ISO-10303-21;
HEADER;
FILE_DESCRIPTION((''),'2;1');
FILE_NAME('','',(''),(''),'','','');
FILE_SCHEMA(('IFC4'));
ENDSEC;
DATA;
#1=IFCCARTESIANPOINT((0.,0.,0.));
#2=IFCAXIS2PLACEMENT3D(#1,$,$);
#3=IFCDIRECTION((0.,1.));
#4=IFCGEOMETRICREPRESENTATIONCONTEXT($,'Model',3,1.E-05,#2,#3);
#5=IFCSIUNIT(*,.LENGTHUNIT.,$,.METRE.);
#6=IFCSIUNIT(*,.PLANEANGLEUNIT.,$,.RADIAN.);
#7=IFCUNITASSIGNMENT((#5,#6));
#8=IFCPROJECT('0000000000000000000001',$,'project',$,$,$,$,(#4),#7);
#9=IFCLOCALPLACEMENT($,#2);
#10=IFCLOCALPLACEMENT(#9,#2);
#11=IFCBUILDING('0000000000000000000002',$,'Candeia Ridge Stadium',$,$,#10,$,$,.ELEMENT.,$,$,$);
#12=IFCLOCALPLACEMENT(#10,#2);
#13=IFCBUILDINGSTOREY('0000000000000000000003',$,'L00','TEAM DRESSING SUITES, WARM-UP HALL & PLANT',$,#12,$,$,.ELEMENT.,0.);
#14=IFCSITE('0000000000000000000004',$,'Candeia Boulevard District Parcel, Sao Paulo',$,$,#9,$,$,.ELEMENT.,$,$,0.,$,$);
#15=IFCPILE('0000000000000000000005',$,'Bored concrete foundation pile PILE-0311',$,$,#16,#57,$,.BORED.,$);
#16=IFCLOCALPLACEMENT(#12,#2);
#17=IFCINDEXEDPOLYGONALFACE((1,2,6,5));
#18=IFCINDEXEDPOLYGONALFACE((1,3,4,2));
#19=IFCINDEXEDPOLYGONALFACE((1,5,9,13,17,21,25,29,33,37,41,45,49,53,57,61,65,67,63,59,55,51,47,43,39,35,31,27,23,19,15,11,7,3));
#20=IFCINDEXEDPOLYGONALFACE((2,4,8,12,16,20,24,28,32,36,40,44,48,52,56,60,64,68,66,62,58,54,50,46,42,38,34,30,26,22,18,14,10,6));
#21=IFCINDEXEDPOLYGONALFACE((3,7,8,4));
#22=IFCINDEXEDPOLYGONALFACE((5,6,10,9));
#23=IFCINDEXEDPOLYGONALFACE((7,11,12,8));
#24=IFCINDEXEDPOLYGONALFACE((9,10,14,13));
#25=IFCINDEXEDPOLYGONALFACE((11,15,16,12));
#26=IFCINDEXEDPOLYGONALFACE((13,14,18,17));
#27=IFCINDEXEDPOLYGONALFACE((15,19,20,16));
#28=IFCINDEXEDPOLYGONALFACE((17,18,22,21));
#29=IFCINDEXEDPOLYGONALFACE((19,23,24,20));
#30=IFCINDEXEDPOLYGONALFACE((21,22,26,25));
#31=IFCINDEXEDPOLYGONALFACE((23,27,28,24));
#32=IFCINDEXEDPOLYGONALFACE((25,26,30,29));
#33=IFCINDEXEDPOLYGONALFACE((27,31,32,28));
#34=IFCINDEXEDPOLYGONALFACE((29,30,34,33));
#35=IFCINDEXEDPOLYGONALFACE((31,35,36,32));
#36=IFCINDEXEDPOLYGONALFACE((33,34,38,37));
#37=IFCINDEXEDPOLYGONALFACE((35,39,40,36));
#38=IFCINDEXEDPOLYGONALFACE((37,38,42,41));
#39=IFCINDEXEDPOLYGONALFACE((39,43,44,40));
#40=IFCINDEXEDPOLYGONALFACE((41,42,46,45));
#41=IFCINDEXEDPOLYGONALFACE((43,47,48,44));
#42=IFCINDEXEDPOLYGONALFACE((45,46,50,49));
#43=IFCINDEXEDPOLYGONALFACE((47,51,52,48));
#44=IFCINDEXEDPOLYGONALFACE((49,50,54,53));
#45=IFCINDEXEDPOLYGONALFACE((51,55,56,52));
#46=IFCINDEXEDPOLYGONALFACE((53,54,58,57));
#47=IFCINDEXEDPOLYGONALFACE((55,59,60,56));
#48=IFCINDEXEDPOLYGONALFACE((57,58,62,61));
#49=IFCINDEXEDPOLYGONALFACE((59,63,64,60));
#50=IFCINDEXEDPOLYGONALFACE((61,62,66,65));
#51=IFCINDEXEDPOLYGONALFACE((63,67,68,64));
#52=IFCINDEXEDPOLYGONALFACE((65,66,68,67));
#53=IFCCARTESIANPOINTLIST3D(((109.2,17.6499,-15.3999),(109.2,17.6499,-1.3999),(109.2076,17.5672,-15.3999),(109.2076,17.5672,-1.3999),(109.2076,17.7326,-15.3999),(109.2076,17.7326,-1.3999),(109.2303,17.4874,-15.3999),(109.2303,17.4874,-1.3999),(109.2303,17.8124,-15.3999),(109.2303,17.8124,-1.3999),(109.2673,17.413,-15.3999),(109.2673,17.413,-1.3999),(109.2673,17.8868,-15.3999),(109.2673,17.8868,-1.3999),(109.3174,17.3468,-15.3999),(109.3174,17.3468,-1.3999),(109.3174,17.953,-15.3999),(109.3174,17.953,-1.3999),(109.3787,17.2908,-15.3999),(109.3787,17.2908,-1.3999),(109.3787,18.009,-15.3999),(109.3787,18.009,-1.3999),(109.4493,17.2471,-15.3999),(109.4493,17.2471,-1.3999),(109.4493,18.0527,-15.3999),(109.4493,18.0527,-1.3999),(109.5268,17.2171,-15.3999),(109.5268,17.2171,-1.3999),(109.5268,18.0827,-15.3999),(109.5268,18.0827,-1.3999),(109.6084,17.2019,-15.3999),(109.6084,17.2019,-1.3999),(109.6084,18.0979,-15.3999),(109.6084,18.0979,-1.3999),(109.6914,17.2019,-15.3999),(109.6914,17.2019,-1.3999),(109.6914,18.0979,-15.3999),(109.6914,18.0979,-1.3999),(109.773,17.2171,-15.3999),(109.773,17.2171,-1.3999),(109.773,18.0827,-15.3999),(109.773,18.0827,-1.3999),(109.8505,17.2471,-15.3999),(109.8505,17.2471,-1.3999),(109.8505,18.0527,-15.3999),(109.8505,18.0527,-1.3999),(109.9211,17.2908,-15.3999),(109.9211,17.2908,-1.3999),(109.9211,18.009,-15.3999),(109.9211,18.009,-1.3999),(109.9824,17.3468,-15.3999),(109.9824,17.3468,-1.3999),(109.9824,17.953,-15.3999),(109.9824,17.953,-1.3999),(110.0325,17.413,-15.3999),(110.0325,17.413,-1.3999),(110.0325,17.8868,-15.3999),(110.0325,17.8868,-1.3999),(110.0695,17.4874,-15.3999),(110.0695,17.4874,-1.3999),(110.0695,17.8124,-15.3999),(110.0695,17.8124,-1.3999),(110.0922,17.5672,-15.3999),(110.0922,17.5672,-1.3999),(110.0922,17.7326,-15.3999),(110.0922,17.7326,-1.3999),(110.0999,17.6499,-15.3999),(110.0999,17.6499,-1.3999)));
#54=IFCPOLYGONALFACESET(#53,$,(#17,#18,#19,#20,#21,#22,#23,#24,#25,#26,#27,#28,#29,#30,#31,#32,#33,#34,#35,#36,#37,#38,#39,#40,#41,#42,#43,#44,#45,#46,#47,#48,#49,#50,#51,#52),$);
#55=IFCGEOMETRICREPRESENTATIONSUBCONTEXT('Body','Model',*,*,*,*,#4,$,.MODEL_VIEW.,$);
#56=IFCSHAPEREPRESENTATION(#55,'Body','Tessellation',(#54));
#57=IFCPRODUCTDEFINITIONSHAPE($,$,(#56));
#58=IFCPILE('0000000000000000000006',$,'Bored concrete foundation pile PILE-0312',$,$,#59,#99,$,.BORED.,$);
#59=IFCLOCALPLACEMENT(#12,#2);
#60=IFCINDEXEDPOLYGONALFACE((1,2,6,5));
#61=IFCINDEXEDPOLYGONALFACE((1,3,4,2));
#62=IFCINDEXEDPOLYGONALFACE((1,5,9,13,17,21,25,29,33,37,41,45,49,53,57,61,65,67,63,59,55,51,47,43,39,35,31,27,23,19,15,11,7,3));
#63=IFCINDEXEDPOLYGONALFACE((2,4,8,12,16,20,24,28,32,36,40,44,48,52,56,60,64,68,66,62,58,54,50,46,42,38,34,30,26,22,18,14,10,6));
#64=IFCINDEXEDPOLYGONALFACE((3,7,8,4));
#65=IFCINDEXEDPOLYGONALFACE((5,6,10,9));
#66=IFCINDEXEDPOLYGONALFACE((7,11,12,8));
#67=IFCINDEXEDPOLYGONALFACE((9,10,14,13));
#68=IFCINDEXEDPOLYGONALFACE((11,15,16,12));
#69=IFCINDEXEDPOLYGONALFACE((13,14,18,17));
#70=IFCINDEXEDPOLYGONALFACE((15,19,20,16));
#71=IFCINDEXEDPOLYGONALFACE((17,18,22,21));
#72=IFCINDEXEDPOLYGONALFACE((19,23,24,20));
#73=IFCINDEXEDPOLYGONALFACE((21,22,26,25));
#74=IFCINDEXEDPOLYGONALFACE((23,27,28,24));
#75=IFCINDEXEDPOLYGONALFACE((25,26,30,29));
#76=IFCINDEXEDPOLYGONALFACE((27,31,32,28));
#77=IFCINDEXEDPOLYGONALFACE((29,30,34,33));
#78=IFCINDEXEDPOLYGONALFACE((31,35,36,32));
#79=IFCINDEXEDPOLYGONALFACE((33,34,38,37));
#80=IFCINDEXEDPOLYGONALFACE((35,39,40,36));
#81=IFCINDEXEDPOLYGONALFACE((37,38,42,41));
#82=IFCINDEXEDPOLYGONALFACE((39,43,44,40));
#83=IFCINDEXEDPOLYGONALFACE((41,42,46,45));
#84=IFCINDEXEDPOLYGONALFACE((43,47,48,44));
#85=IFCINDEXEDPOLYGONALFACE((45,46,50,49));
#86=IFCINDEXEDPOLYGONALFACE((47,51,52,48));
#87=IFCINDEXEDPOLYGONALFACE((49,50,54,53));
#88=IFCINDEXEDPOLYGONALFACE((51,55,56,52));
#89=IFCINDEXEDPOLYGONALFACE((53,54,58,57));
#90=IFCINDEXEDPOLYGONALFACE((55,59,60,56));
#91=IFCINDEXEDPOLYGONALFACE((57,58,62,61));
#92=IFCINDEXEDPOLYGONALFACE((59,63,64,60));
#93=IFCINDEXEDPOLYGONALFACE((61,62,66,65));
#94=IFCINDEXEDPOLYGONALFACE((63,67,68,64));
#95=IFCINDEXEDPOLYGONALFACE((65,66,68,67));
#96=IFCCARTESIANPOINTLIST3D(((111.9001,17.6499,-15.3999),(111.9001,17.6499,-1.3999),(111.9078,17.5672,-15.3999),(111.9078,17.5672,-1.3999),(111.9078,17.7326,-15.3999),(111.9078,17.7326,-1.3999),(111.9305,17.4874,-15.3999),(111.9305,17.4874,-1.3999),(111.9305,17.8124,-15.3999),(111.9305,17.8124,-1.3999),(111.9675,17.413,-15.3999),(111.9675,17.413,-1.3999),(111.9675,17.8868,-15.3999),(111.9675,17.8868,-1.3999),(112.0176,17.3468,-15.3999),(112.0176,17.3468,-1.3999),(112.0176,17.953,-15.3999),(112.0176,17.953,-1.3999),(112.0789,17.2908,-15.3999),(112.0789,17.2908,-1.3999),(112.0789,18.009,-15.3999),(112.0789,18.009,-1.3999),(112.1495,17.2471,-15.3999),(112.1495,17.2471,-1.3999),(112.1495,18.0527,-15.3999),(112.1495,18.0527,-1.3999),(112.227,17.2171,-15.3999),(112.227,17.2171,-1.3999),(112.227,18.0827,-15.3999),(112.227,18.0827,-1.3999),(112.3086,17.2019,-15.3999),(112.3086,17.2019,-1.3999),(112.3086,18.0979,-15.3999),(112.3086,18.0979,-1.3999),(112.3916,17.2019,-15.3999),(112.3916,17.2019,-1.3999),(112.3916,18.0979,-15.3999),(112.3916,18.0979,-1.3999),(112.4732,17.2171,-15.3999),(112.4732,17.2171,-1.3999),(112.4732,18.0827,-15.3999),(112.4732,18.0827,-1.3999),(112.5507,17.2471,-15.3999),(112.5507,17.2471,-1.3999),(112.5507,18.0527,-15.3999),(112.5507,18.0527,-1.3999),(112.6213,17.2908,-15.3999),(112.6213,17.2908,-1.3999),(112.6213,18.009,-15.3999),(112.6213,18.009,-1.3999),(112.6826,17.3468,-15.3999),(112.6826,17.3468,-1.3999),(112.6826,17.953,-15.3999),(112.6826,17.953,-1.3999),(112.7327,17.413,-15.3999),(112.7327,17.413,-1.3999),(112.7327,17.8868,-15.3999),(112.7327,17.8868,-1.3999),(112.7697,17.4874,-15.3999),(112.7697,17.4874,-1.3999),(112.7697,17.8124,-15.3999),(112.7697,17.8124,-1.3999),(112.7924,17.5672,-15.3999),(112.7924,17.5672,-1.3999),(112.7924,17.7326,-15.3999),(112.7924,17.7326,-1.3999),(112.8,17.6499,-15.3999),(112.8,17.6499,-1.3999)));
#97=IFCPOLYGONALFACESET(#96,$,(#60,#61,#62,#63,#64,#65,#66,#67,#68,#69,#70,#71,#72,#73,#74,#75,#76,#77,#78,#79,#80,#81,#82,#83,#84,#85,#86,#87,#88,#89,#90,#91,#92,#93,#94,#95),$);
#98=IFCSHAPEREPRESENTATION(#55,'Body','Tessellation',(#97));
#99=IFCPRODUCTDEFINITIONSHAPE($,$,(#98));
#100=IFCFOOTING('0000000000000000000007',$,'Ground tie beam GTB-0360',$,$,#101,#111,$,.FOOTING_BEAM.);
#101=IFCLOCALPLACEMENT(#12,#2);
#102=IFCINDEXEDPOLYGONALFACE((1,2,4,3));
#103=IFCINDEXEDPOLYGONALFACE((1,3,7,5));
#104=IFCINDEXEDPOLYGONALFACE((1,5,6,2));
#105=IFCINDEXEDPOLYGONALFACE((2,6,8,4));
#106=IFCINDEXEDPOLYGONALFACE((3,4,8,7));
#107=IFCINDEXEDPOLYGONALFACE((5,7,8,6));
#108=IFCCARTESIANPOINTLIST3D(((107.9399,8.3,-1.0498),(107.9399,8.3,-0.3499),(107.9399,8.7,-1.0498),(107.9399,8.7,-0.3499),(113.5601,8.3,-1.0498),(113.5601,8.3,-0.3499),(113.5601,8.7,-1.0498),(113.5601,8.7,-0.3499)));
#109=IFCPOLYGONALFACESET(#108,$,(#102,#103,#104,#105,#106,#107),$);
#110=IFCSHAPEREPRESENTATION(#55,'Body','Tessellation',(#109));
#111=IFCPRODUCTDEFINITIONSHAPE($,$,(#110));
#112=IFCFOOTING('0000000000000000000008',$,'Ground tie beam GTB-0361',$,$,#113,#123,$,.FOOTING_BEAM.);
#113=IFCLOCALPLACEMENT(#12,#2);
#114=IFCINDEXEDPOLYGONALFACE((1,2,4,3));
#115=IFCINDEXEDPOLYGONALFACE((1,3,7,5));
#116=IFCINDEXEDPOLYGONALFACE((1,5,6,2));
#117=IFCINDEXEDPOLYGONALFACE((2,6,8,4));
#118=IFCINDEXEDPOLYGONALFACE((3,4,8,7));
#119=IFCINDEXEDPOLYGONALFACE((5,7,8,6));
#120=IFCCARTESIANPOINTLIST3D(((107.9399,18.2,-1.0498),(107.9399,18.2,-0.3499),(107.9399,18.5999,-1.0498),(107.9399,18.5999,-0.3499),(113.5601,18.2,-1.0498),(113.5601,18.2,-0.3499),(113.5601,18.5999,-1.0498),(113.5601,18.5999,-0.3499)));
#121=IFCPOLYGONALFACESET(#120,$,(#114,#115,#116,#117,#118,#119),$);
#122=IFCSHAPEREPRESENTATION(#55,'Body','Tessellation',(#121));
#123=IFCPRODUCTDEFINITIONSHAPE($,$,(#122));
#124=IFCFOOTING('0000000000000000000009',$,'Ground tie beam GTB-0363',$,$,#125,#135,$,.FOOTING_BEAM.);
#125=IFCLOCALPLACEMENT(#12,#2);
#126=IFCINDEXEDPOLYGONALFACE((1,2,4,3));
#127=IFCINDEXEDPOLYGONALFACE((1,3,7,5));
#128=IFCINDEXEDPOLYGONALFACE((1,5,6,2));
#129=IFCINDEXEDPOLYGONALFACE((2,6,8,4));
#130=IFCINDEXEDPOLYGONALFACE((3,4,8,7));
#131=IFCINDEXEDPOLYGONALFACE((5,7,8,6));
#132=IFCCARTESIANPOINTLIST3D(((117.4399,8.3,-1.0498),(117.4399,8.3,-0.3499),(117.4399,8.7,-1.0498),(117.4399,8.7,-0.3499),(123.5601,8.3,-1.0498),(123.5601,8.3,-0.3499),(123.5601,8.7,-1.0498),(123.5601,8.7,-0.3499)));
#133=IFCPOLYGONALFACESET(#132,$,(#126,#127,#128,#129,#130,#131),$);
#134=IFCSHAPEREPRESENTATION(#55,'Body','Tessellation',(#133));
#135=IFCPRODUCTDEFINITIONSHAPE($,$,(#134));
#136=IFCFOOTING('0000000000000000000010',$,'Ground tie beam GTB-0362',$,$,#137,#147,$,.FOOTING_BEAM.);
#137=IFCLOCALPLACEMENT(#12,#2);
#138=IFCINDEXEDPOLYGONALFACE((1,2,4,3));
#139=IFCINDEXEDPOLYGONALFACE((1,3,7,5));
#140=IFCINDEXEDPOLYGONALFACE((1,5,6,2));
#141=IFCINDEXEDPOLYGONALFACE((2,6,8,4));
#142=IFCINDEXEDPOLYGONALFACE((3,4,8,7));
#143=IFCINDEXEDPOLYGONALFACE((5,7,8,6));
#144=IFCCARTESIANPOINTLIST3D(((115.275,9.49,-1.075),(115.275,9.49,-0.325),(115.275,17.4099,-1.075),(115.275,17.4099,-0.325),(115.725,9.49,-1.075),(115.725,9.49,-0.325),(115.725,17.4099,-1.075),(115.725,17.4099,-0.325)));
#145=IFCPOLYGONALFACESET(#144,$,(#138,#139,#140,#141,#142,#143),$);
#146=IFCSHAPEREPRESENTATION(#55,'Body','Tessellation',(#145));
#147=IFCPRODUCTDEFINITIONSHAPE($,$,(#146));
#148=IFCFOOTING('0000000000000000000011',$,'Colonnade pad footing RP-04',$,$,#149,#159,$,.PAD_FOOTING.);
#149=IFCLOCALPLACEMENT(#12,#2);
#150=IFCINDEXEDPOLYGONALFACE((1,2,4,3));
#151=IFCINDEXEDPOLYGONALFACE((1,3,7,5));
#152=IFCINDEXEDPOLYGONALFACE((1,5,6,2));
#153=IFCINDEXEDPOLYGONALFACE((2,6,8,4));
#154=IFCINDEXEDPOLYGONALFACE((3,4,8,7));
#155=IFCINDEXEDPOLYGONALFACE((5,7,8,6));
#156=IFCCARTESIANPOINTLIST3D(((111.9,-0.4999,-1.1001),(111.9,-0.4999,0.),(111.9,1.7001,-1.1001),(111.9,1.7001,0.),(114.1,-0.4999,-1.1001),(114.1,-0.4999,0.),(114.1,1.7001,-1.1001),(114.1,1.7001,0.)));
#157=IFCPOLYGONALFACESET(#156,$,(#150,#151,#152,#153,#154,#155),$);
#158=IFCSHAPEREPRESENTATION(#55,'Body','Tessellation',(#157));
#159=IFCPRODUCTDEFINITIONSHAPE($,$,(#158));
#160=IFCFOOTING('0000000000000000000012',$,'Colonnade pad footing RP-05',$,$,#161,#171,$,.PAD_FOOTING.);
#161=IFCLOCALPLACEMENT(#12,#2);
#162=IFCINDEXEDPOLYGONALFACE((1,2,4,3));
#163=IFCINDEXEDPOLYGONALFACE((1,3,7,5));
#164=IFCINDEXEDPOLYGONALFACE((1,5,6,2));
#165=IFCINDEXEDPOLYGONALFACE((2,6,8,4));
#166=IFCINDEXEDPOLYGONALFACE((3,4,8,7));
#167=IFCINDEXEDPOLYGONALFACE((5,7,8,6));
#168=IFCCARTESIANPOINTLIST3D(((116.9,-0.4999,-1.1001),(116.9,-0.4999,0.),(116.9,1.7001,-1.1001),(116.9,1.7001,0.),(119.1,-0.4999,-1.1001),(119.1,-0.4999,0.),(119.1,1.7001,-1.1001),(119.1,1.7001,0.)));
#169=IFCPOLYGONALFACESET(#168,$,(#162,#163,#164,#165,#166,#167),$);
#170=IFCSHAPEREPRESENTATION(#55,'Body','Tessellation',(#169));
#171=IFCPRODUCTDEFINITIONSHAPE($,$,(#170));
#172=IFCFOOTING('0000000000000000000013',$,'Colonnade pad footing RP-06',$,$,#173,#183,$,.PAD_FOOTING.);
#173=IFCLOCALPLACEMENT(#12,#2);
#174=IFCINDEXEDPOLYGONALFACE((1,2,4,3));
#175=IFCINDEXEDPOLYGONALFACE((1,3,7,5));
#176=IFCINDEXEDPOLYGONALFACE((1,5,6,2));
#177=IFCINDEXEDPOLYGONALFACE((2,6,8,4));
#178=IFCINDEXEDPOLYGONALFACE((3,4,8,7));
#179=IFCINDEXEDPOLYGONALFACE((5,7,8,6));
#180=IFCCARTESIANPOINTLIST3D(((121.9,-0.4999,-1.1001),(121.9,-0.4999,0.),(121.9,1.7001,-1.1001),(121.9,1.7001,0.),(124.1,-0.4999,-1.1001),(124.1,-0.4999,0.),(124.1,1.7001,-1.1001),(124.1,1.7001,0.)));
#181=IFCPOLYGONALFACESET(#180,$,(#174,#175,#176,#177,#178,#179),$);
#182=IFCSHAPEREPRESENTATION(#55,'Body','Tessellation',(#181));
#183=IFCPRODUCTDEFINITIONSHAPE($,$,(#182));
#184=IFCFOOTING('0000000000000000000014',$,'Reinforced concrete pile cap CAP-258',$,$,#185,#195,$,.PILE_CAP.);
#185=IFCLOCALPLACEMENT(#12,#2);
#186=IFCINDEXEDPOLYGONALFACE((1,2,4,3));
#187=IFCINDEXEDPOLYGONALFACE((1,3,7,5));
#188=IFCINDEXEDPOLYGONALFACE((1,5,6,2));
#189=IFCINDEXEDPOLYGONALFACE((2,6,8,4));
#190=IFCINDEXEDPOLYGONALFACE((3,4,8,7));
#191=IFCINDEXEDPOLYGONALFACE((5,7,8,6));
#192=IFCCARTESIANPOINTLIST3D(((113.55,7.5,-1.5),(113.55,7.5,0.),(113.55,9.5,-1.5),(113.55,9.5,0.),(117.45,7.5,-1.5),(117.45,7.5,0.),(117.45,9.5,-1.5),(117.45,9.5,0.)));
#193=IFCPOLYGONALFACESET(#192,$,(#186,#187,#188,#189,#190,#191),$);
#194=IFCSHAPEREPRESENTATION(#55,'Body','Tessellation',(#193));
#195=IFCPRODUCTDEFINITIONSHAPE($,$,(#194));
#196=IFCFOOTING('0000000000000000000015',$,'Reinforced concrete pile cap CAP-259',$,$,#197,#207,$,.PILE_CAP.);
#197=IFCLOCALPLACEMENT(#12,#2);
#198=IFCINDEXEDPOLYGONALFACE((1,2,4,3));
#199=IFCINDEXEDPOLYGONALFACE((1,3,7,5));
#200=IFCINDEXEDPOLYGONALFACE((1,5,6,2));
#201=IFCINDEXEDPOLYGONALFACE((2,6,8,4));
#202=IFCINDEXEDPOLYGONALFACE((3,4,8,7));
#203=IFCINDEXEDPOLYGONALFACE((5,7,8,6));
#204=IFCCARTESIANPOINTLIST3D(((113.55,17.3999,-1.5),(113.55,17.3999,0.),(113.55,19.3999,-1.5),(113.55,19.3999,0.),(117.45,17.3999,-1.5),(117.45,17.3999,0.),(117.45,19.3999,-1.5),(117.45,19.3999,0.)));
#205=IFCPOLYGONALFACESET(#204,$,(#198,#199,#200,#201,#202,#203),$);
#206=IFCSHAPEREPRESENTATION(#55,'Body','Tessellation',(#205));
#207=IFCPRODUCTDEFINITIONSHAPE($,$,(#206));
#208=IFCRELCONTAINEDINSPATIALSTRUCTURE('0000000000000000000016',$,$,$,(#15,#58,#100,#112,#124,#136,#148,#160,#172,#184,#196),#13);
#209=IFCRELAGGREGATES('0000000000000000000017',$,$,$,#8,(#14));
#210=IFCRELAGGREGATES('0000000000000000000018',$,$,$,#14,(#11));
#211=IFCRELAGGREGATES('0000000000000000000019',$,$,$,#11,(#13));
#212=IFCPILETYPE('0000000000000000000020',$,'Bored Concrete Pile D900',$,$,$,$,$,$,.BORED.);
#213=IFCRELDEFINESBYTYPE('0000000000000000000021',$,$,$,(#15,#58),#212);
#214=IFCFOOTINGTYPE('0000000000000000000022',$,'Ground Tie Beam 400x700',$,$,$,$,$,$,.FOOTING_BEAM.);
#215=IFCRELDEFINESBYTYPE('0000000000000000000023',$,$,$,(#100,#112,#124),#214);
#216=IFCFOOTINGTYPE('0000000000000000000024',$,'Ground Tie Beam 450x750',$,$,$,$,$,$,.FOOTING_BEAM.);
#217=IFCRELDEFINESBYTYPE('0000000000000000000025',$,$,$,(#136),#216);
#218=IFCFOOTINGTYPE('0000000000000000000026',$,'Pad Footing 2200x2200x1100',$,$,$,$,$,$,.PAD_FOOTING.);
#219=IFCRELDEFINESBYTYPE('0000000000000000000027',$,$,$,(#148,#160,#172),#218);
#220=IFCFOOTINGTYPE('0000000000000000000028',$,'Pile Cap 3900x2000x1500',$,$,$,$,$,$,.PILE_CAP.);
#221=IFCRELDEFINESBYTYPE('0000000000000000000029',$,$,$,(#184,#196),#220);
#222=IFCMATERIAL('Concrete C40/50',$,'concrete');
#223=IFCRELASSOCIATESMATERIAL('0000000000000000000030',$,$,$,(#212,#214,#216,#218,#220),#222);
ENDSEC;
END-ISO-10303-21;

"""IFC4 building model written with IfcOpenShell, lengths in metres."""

from ifc_helpers import new_model, si_unit, direction, frame, origin, origin_2d, place, context, subcontext, project, spatial, rectangle, circle, extrude, material, material_profile, profile_set, type_object, element, save


model = new_model("IFC4")

# Units and contexts
model_context = context("Model", 3, precision=1e-05, world=origin(), true_north=direction((0.0, 1.0)))
body_context = subcontext(model_context, "Body", "Model", "MODEL_VIEW")
ifc_project = project(units=[si_unit("LENGTHUNIT", "METRE"), si_unit("PLANEANGLEUNIT", "RADIAN")], contexts=[model_context])

# Site, building, storey
site_placement = place(None, origin())
site = spatial("IfcSite", under=ifc_project, at=site_placement, Name="Candeia Boulevard District Parcel, Sao Paulo", CompositionType="ELEMENT", RefElevation=0.0)
building_placement = place(site_placement, origin())
building = spatial("IfcBuilding", under=site, at=building_placement, Name="Candeia Ridge Stadium", CompositionType="ELEMENT")
storey_placement = place(building_placement, origin())
storey = spatial("IfcBuildingStorey", under=building, at=storey_placement, Name="L00", Description="TEAM DRESSING SUITES, WARM-UP HALL & PLANT", CompositionType="ELEMENT", Elevation=0.0)

# Piles
ifc_material_1 = material(Name="Concrete C40/50", Category="concrete")
ifc_material_profile_1 = material_profile(ifc_material_1, circle(Radius=0.45, at=origin_2d()), Name="PILE-D900", Category="concrete")
ifc_profile_set_1 = profile_set([ifc_material_profile_1], Name="Concrete C40/50")
pile_type_1 = type_object("IfcPileType", Name="Bored Concrete Pile D900", PredefinedType="BORED", material=ifc_profile_set_1)
for number, where, z_axis, x_axis, name in (
    (1, (109.6499, 17.6499, -1.3999), (0.0, 0.0, -1.0), (1.0, 0.0, 0.0), "Bored concrete foundation pile PILE-0311"),
    (2, (112.3501, 17.6499, -1.3999), (0.0, 0.0, -1.0), (1.0, 0.0, 0.0), "Bored concrete foundation pile PILE-0312"),
):
    element("IfcPile", number, at=place(storey_placement, frame(where, z_axis=z_axis, x_axis=x_axis)), inside=storey, type_object=pile_type_1, Name=name, PredefinedType="BORED", context=body_context, shape_type="SweptSolid", body=[
        extrude(circle(Radius=0.45, at=origin_2d()), origin(), (0.0, 0.0, 1.0), 14.0),
    ])

# Footings
footing_type_1 = type_object("IfcFootingType", Name="Ground Tie Beam 400x700", PredefinedType="FOOTING_BEAM", material=ifc_material_1)
for number, where, z_axis, x_axis, name in (
    (3, (110.75, 8.5, -1.0498), (0.0, 0.0, 1.0), (1.0, 0.0, 0.0), "Ground tie beam GTB-0360"),
    (4, (110.75, 18.3999, -1.0498), (0.0, 0.0, 1.0), (1.0, 0.0, 0.0), "Ground tie beam GTB-0361"),
):
    element("IfcFooting", number, at=place(storey_placement, frame(where, z_axis=z_axis, x_axis=x_axis)), inside=storey, type_object=footing_type_1, Name=name, PredefinedType="FOOTING_BEAM", context=body_context, shape_type="SweptSolid", body=[
        extrude(rectangle(XDim=5.6201, YDim=0.3999, at=origin_2d()), origin(), (0.0, 0.0, 1.0), 0.7),
    ])
footing_1_placement = place(storey_placement, frame((120.5, 8.5, -1.0498), z_axis=(0.0, 0.0, 1.0), x_axis=(1.0, 0.0, 0.0)))
element("IfcFooting", 5, at=footing_1_placement, inside=storey, type_object=footing_type_1, Name="Ground tie beam GTB-0363", PredefinedType="FOOTING_BEAM", context=body_context, shape_type="SweptSolid", body=[
    extrude(rectangle(XDim=6.1201, YDim=0.3999, at=origin_2d()), origin(), (0.0, 0.0, 1.0), 0.7),
])
footing_type_2 = type_object("IfcFootingType", Name="Ground Tie Beam 450x750", PredefinedType="FOOTING_BEAM", material=ifc_material_1)
footing_2_placement = place(storey_placement, frame((115.5, 13.45, -1.075), z_axis=(0.0, 0.0, 1.0), x_axis=(0.0, 1.0, 0.0)))
element("IfcFooting", 6, at=footing_2_placement, inside=storey, type_object=footing_type_2, Name="Ground tie beam GTB-0362", PredefinedType="FOOTING_BEAM", context=body_context, shape_type="SweptSolid", body=[
    extrude(rectangle(XDim=7.9199, YDim=0.45, at=origin_2d()), origin(), (0.0, 0.0, 1.0), 0.75),
])
footing_type_3 = type_object("IfcFootingType", Name="Pad Footing 2200x2200x1100", PredefinedType="PAD_FOOTING", material=ifc_material_1)
for number, where, z_axis, x_axis, name in (
    (7, (113.0, 0.6001, -1.1001), (0.0, 0.0, 1.0), (1.0, 0.0, 0.0), "Colonnade pad footing RP-04"),
    (8, (118.0, 0.6001, -1.1001), (0.0, 0.0, 1.0), (1.0, 0.0, 0.0), "Colonnade pad footing RP-05"),
    (9, (123.0, 0.6001, -1.1001), (0.0, 0.0, 1.0), (1.0, 0.0, 0.0), "Colonnade pad footing RP-06"),
):
    element("IfcFooting", number, at=place(storey_placement, frame(where, z_axis=z_axis, x_axis=x_axis)), inside=storey, type_object=footing_type_3, Name=name, PredefinedType="PAD_FOOTING", context=body_context, shape_type="SweptSolid", body=[
        extrude(rectangle(XDim=2.2, YDim=2.2, at=origin_2d()), origin(), (0.0, 0.0, 1.0), 1.1001),
    ])
footing_type_4 = type_object("IfcFootingType", Name="Pile Cap 3900x2000x1500", PredefinedType="PILE_CAP", material=ifc_material_1)
for number, where, z_axis, x_axis, name in (
    (10, (115.5, 8.5, -1.5), (0.0, 0.0, 1.0), (1.0, 0.0, 0.0), "Reinforced concrete pile cap CAP-258"),
    (11, (115.5, 18.3999, -1.5), (0.0, 0.0, 1.0), (1.0, 0.0, 0.0), "Reinforced concrete pile cap CAP-259"),
):
    element("IfcFooting", number, at=place(storey_placement, frame(where, z_axis=z_axis, x_axis=x_axis)), inside=storey, type_object=footing_type_4, Name=name, PredefinedType="PILE_CAP", context=body_context, shape_type="SweptSolid", body=[
        extrude(rectangle(XDim=3.8999, YDim=2.0, at=origin_2d()), origin(), (0.0, 0.0, 1.0), 1.5),
    ])

save(model, "model.ifc")
